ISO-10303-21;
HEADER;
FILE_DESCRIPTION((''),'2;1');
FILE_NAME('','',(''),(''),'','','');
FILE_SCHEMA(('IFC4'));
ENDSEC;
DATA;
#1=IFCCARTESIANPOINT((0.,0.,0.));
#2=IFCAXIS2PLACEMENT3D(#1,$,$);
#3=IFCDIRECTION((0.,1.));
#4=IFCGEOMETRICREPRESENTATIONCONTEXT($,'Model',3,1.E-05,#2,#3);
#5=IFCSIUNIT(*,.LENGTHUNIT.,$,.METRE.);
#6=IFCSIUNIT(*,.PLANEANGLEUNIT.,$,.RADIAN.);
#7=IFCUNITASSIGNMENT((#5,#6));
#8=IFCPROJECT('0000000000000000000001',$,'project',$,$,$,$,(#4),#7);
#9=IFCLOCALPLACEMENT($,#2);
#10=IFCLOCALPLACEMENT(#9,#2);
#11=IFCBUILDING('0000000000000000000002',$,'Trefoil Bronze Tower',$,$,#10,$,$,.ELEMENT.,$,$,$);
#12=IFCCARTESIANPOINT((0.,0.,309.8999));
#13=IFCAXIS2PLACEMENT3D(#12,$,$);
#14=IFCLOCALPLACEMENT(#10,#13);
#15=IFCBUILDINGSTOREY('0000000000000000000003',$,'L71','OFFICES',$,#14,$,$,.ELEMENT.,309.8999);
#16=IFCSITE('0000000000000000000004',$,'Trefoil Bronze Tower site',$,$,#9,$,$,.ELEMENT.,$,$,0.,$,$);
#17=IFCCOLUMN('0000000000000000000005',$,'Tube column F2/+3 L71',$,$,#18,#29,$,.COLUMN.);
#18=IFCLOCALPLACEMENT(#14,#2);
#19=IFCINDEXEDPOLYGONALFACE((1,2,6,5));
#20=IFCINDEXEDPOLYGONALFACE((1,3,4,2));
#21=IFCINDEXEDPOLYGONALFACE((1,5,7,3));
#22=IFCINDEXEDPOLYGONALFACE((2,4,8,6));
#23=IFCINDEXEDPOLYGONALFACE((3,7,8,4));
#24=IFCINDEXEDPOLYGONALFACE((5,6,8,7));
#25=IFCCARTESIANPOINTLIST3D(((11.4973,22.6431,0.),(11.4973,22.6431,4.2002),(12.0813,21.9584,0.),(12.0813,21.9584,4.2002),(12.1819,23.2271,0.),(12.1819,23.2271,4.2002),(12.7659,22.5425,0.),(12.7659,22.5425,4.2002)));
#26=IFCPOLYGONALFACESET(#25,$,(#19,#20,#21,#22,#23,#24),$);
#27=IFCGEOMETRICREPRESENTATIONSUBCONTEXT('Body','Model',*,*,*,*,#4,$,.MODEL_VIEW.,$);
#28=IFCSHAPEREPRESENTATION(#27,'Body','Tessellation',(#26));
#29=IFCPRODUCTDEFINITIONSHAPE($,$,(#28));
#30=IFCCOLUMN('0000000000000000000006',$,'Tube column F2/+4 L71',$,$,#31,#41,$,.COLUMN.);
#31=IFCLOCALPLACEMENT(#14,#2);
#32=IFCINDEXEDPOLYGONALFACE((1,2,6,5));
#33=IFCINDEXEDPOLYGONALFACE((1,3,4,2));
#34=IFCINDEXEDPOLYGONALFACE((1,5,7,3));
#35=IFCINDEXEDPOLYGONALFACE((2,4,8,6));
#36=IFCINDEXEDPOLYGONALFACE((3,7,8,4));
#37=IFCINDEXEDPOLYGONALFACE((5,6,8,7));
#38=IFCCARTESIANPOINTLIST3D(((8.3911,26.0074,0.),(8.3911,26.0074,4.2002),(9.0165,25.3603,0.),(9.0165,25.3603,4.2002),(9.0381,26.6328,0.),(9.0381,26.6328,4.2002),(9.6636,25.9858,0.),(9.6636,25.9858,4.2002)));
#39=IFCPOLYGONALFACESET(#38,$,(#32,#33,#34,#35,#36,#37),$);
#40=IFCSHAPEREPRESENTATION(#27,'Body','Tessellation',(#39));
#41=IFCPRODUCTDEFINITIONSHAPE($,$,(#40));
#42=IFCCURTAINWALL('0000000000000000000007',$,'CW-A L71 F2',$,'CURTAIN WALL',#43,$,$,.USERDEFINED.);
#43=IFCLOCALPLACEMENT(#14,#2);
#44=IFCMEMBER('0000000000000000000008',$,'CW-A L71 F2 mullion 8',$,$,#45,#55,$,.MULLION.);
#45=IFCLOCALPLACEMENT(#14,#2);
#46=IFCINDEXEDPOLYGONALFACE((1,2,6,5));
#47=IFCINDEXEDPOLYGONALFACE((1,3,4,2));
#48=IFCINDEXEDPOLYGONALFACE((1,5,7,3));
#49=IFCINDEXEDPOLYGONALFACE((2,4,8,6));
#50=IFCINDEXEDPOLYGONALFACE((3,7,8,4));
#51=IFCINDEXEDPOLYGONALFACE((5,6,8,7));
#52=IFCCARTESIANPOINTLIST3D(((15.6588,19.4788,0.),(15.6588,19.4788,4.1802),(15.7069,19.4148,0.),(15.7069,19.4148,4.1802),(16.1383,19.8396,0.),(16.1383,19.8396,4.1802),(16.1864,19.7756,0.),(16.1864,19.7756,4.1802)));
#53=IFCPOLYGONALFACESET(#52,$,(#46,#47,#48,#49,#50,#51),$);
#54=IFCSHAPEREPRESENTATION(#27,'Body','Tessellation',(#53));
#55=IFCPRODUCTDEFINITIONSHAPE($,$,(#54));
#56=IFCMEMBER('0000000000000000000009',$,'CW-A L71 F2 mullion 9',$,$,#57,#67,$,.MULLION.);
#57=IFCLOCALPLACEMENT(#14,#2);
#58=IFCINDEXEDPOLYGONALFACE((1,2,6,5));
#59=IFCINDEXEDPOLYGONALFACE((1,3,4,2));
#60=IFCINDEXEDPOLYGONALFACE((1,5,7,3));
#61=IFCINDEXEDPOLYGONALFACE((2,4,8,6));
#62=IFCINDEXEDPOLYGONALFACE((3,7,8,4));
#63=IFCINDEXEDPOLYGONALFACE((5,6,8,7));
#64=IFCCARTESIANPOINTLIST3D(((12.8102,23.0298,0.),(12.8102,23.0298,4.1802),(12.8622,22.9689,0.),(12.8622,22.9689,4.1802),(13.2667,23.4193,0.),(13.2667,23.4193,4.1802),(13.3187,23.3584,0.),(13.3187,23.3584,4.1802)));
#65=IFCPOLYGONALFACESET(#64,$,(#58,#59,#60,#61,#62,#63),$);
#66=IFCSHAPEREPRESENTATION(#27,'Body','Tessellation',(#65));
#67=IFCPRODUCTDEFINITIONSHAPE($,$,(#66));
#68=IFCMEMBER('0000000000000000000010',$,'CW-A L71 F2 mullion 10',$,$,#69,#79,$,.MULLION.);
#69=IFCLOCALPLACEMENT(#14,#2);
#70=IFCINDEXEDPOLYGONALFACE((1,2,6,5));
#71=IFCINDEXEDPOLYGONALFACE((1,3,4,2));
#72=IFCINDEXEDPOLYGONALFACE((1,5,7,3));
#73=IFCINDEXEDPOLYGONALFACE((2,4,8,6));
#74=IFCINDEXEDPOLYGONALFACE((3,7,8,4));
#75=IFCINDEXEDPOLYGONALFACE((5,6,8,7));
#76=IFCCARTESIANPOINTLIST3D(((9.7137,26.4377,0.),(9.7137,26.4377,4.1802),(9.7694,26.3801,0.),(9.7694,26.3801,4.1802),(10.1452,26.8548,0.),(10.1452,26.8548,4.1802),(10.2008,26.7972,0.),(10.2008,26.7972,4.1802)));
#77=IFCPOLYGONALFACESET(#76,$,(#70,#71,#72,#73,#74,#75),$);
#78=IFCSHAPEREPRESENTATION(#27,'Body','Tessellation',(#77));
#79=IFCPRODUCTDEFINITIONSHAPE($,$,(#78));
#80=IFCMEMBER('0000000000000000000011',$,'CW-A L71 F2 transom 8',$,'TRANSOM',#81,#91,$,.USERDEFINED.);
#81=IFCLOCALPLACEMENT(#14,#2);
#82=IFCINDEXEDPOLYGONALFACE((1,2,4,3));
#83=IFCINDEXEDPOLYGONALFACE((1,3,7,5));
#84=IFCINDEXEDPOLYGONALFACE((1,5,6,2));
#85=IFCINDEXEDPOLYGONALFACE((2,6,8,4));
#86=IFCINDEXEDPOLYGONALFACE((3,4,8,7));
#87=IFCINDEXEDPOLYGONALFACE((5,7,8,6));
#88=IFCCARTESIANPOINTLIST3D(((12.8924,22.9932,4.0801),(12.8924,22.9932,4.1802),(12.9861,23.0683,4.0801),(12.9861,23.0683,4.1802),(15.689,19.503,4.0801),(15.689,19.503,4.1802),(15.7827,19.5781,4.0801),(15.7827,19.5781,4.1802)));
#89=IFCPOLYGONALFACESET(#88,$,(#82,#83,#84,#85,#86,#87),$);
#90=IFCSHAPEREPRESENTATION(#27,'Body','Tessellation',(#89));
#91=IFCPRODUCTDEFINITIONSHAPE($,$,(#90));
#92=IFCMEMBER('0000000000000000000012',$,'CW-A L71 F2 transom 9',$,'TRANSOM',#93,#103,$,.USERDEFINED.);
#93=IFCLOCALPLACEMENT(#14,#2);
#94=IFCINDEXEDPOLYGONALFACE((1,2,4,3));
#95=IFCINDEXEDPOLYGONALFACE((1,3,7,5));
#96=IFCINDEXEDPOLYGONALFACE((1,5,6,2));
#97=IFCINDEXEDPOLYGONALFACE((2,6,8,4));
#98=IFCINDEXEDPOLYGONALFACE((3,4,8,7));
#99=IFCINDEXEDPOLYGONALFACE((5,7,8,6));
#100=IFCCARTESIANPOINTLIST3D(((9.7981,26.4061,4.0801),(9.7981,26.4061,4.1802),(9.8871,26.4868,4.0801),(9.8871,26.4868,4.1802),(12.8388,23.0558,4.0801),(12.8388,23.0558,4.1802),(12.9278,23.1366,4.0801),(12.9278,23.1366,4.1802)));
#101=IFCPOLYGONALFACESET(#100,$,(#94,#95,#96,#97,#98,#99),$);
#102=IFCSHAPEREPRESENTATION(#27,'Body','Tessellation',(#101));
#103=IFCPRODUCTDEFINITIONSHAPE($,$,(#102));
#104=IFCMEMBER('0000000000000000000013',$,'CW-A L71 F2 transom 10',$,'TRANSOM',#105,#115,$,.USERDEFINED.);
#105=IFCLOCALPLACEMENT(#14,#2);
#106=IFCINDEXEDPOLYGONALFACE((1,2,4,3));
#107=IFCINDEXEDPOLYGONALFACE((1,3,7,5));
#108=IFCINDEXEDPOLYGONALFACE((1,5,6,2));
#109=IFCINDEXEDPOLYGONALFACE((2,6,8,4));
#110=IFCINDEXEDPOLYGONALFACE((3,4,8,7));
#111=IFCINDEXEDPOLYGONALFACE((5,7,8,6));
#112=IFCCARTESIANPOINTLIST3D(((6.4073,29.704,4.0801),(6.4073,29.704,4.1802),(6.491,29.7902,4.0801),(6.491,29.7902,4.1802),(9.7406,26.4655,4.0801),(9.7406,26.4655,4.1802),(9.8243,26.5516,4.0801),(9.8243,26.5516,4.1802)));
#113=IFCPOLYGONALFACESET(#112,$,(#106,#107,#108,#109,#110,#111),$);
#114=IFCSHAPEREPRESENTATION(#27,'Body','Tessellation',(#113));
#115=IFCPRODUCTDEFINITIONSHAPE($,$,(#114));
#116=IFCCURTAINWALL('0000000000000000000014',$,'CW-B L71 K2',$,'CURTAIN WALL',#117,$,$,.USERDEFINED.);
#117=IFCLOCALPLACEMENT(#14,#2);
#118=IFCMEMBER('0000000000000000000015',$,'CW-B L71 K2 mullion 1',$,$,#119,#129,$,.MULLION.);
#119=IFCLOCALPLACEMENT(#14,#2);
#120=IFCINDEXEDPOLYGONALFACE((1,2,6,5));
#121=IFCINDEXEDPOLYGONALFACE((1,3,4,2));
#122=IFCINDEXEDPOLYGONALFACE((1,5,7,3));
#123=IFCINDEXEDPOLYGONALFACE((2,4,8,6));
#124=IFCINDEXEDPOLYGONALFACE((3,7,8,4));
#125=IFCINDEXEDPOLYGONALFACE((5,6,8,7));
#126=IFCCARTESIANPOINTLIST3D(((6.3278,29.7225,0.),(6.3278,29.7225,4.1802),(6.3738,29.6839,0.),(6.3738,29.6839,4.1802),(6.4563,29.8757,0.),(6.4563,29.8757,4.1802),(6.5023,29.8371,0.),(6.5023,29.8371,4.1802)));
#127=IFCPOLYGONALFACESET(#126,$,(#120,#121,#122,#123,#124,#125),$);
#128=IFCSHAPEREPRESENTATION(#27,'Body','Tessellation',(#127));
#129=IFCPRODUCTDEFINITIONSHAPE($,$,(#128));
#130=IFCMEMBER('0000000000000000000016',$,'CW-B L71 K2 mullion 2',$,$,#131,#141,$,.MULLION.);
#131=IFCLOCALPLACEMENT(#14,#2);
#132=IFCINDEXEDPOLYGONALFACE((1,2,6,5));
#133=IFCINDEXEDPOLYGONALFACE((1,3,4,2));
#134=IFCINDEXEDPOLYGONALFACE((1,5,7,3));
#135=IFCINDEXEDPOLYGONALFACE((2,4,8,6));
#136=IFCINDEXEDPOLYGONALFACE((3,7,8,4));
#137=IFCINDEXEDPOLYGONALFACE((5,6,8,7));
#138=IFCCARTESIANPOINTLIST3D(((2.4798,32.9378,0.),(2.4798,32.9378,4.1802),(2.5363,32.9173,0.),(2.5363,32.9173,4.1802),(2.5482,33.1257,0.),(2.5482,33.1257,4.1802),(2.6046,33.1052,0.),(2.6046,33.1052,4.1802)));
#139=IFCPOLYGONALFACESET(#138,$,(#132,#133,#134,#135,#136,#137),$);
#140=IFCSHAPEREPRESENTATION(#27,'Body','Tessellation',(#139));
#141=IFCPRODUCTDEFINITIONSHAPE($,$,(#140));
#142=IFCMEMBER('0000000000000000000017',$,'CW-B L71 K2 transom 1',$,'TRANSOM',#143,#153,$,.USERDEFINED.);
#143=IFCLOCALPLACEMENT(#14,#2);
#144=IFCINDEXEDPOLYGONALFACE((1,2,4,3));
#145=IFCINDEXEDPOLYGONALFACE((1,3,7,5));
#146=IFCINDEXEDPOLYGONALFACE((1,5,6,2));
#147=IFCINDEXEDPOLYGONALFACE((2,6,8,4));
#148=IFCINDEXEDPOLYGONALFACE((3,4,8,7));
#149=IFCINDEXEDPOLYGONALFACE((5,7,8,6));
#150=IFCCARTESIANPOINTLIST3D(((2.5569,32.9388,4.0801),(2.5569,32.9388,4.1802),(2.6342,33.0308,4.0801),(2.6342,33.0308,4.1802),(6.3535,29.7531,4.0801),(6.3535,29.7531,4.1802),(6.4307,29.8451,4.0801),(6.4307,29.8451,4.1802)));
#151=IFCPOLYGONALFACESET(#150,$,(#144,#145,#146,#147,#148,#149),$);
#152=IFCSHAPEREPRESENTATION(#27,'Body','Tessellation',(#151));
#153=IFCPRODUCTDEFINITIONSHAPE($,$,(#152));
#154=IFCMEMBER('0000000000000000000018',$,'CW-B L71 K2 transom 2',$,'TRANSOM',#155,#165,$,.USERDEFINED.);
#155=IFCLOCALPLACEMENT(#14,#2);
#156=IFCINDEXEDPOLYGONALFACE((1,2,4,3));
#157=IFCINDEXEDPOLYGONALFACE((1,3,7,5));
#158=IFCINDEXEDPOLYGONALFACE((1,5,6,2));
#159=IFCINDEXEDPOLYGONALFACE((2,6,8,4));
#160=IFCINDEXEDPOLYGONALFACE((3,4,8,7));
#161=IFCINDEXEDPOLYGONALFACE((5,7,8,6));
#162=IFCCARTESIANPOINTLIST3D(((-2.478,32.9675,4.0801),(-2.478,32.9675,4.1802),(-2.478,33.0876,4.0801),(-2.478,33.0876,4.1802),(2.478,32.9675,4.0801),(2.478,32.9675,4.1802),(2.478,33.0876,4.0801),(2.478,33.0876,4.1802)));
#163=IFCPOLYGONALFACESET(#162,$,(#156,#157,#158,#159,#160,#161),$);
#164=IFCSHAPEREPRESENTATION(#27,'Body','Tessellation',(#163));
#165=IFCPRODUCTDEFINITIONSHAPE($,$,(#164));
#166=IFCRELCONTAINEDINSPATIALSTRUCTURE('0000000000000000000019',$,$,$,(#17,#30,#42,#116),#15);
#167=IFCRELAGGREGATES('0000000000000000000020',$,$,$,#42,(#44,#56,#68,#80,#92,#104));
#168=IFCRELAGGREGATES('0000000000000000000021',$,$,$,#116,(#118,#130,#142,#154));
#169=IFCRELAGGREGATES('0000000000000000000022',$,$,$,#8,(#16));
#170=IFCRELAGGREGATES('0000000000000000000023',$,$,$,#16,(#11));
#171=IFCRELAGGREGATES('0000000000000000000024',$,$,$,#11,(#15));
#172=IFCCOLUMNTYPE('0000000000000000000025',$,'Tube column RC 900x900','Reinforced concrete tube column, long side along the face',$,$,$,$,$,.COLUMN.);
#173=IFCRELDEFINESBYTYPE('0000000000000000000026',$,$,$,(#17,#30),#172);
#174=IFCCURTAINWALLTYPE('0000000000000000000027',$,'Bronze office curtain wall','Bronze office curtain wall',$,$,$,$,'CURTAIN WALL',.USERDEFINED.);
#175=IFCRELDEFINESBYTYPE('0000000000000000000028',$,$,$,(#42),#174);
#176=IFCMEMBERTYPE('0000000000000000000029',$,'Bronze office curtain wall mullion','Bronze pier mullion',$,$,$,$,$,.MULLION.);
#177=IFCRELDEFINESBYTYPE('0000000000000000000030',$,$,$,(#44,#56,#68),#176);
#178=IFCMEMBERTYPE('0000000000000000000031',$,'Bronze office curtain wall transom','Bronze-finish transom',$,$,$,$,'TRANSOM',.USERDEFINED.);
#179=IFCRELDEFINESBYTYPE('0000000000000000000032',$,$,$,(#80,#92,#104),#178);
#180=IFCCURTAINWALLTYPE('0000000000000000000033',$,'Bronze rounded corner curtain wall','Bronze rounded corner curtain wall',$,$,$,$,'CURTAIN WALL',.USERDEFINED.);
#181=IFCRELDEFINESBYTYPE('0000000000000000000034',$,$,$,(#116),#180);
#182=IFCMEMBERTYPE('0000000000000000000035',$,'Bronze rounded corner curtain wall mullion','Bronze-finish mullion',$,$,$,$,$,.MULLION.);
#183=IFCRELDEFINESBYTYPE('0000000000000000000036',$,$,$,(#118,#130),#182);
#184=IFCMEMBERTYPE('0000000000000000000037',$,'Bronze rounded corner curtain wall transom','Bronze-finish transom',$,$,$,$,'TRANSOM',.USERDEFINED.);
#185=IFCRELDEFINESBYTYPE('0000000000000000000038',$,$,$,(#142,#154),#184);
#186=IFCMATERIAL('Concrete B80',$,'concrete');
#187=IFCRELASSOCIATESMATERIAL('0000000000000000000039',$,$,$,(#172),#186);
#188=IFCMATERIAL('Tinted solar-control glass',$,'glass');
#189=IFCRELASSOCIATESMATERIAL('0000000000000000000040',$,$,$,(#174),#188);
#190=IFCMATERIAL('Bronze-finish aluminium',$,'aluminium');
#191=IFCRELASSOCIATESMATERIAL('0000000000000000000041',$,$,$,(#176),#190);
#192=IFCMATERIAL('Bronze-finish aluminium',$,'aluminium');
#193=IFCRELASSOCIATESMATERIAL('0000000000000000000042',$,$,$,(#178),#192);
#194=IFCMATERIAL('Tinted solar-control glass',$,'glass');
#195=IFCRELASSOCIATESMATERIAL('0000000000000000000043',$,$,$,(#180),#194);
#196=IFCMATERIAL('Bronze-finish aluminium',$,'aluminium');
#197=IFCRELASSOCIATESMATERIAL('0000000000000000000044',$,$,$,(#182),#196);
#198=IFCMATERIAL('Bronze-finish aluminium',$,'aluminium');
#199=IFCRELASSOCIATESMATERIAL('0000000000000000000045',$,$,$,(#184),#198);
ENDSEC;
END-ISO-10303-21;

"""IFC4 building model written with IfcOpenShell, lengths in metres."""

from ifc_helpers import new_model, si_unit, direction, frame, origin, origin_2d, place, context, subcontext, project, spatial, rectangle, extrude, material, material_profile, profile_set, type_object, element, aggregate, save


model = new_model("IFC4")

# Units and contexts
model_context = context("Model", 3, precision=1e-05, world=origin(), true_north=direction((0.0, 1.0)))
body_context = subcontext(model_context, "Body", "Model", "MODEL_VIEW")
ifc_project = project(units=[si_unit("LENGTHUNIT", "METRE"), si_unit("PLANEANGLEUNIT", "RADIAN")], contexts=[model_context])

# Site, building, storey
site_placement = place(None, origin())
site = spatial("IfcSite", under=ifc_project, at=site_placement, Name="Trefoil Bronze Tower site", CompositionType="ELEMENT", RefElevation=0.0)
building_placement = place(site_placement, origin())
building = spatial("IfcBuilding", under=site, at=building_placement, Name="Trefoil Bronze Tower", CompositionType="ELEMENT")
storey_placement = place(building_placement, frame((0.0, 0.0, 309.8999)))
storey = spatial("IfcBuildingStorey", under=building, at=storey_placement, Name="L71", Description="OFFICES", CompositionType="ELEMENT", Elevation=309.8999)

# Columns
ifc_material_1 = material(Name="Concrete B80", Category="concrete")
ifc_material_profile_1 = material_profile(ifc_material_1, rectangle(XDim=0.8999, YDim=0.8999, at=origin_2d()), Name="RC 900x900")
ifc_profile_set_1 = profile_set([ifc_material_profile_1], Name="Concrete B80")
column_type = type_object("IfcColumnType", Name="Tube column RC 900x900", Description="Reinforced concrete tube column, long side along the face", PredefinedType="COLUMN", material=ifc_profile_set_1)
for number, where, z_axis, x_axis, name in (
    (1, (12.1316, 22.5928, 0.0), (0.0, 0.0, 1.0), (-0.649008, 0.760781, 0.0), "Tube column F2/+3 L71"),
    (2, (9.0273, 25.9966, 0.0), (0.0, 0.0, 1.0), (-0.695009, 0.719001, 0.0), "Tube column F2/+4 L71"),
):
    element("IfcColumn", number, at=place(storey_placement, frame(where, z_axis=z_axis, x_axis=x_axis)), inside=storey, type_object=column_type, Name=name, PredefinedType="COLUMN", context=body_context, shape_type="SweptSolid", body=[
        extrude(rectangle(XDim=0.8999, YDim=0.8999, at=origin_2d()), origin(), (0.0, 0.0, 1.0), 4.2002),
    ])

# Curtain walls, members
ifc_material_2 = material(Name="Tinted solar-control glass", Category="glass")
curtain_wall_type_1 = type_object("IfcCurtainWallType", Name="Bronze office curtain wall", Description="Bronze office curtain wall", ElementType="CURTAIN WALL", PredefinedType="USERDEFINED", material=ifc_material_2)
curtain_wall_1_placement = place(storey_placement, origin())
curtain_wall_1 = element("IfcCurtainWall", 3, at=curtain_wall_1_placement, inside=storey, type_object=curtain_wall_type_1, Name="CW-A L71 F2", ObjectType="CURTAIN WALL", PredefinedType="USERDEFINED")
ifc_material_3 = material(Name="Bronze-finish aluminium", Category="aluminium")
ifc_material_profile_2 = material_profile(ifc_material_3, rectangle(XDim=0.6001, YDim=0.0801, at=origin_2d()), Name="CW-A mullion")
ifc_profile_set_2 = profile_set([ifc_material_profile_2], Name="Bronze-finish aluminium")
member_type_1 = type_object("IfcMemberType", Name="Bronze office curtain wall mullion", Description="Bronze pier mullion", PredefinedType="MULLION", material=ifc_profile_set_2)
member_1_placement = place(storey_placement, frame((15.9226, 19.6272, 0.0), z_axis=(0.0, 0.0, 1.0), x_axis=(-0.799096, -0.601203, 0.0)))
member_1 = element("IfcMember", 4, at=member_1_placement, type_object=member_type_1, Name="CW-A L71 F2 mullion 8", PredefinedType="MULLION", context=body_context, shape_type="SweptSolid", body=[
    extrude(rectangle(XDim=0.6001, YDim=0.0801, at=origin_2d()), origin(), (0.0, 0.0, 1.0), 4.1802),
])
member_2_placement = place(storey_placement, frame((13.0645, 23.1941, 0.0), z_axis=(0.0, 0.0, 1.0), x_axis=(-0.760781, -0.649008, 0.0)))
member_2 = element("IfcMember", 5, at=member_2_placement, type_object=member_type_1, Name="CW-A L71 F2 mullion 9", PredefinedType="MULLION", context=body_context, shape_type="SweptSolid", body=[
    extrude(rectangle(XDim=0.6001, YDim=0.0801, at=origin_2d()), origin(), (0.0, 0.0, 1.0), 4.1802),
])
member_3_placement = place(storey_placement, frame((9.9573, 26.6174, 0.0), z_axis=(0.0, 0.0, 1.0), x_axis=(-0.719001, -0.695009, 0.0)))
member_3 = element("IfcMember", 6, at=member_3_placement, type_object=member_type_1, Name="CW-A L71 F2 mullion 10", PredefinedType="MULLION", context=body_context, shape_type="SweptSolid", body=[
    extrude(rectangle(XDim=0.6001, YDim=0.0801, at=origin_2d()), origin(), (0.0, 0.0, 1.0), 4.1802),
])
ifc_material_4 = material(Name="Bronze-finish aluminium", Category="aluminium")
ifc_material_profile_3 = material_profile(ifc_material_4, rectangle(XDim=0.1201, YDim=0.1001, at=origin_2d()), Name="CW-A transom")
ifc_profile_set_3 = profile_set([ifc_material_profile_3], Name="Bronze-finish aluminium")
member_type_2 = type_object("IfcMemberType", Name="Bronze office curtain wall transom", Description="Bronze-finish transom", ElementType="TRANSOM", PredefinedType="USERDEFINED", material=ifc_profile_set_3)
member_4_placement = place(storey_placement, frame((15.7358, 19.5405, 4.1301), z_axis=(-0.625301, 0.780384, 0.0), x_axis=(-0.780384, -0.625301, 0.0)))
member_4 = element("IfcMember", 7, at=member_4_placement, type_object=member_type_2, Name="CW-A L71 F2 transom 8", ObjectType="TRANSOM", PredefinedType="USERDEFINED", context=body_context, shape_type="SweptSolid", body=[
    extrude(rectangle(XDim=0.1201, YDim=0.1001, at=origin_2d()), origin(), (0.0, 0.0, 1.0), 4.4724),
])
member_5_placement = place(storey_placement, frame((12.8833, 23.0962, 4.1301), z_axis=(-0.672068, 0.740489, 0.0), x_axis=(-0.740489, -0.672068, 0.0)))
member_5 = element("IfcMember", 8, at=member_5_placement, type_object=member_type_2, Name="CW-A L71 F2 transom 9", ObjectType="TRANSOM", PredefinedType="USERDEFINED", context=body_context, shape_type="SweptSolid", body=[
    extrude(rectangle(XDim=0.1201, YDim=0.1001, at=origin_2d()), origin(), (0.0, 0.0, 1.0), 4.5244),
])
member_6_placement = place(storey_placement, frame((9.7825, 26.5085, 4.1301), z_axis=(-0.717225, 0.696842, 0.0), x_axis=(-0.696842, -0.717225, 0.0)))
member_6 = element("IfcMember", 9, at=member_6_placement, type_object=member_type_2, Name="CW-A L71 F2 transom 10", ObjectType="TRANSOM", PredefinedType="USERDEFINED", context=body_context, shape_type="SweptSolid", body=[
    extrude(rectangle(XDim=0.1201, YDim=0.1001, at=origin_2d()), origin(), (0.0, 0.0, 1.0), 4.6475),
])
ifc_material_5 = material(Name="Tinted solar-control glass", Category="glass")
curtain_wall_type_2 = type_object("IfcCurtainWallType", Name="Bronze rounded corner curtain wall", Description="Bronze rounded corner curtain wall", ElementType="CURTAIN WALL", PredefinedType="USERDEFINED", material=ifc_material_5)
curtain_wall_2_placement = place(storey_placement, origin())
curtain_wall_2 = element("IfcCurtainWall", 10, at=curtain_wall_2_placement, inside=storey, type_object=curtain_wall_type_2, Name="CW-B L71 K2", ObjectType="CURTAIN WALL", PredefinedType="USERDEFINED")
ifc_material_6 = material(Name="Bronze-finish aluminium", Category="aluminium")
ifc_material_profile_4 = material_profile(ifc_material_6, rectangle(XDim=0.2, YDim=0.0601, at=origin_2d()), Name="CW-B mullion")
ifc_profile_set_4 = profile_set([ifc_material_profile_4], Name="Bronze-finish aluminium")
member_type_3 = type_object("IfcMemberType", Name="Bronze rounded corner curtain wall mullion", Description="Bronze-finish mullion", PredefinedType="MULLION", material=ifc_profile_set_4)
member_7_placement = place(storey_placement, frame((6.415, 29.7798, 0.0), z_axis=(0.0, 0.0, 1.0), x_axis=(-0.642788, -0.766044, 0.0)))
member_7 = element("IfcMember", 11, at=member_7_placement, type_object=member_type_3, Name="CW-B L71 K2 mullion 1", PredefinedType="MULLION", context=body_context, shape_type="SweptSolid", body=[
    extrude(rectangle(XDim=0.2, YDim=0.0601, at=origin_2d()), origin(), (0.0, 0.0, 1.0), 4.1802),
])
member_8_placement = place(storey_placement, frame((2.5422, 33.0215, 0.0), z_axis=(0.0, 0.0, 1.0), x_axis=(-0.34202, -0.939693, 0.0)))
member_8 = element("IfcMember", 12, at=member_8_placement, type_object=member_type_3, Name="CW-B L71 K2 mullion 2", PredefinedType="MULLION", context=body_context, shape_type="SweptSolid", body=[
    extrude(rectangle(XDim=0.2, YDim=0.0601, at=origin_2d()), origin(), (0.0, 0.0, 1.0), 4.1802),
])
ifc_material_7 = material(Name="Bronze-finish aluminium", Category="aluminium")
ifc_material_profile_5 = material_profile(ifc_material_7, rectangle(XDim=0.1201, YDim=0.1001, at=origin_2d()), Name="CW-B transom")
ifc_profile_set_5 = profile_set([ifc_material_profile_5], Name="Bronze-finish aluminium")
member_type_4 = type_object("IfcMemberType", Name="Bronze rounded corner curtain wall transom", Description="Bronze-finish transom", ElementType="TRANSOM", PredefinedType="USERDEFINED", material=ifc_profile_set_5)
member_9_placement = place(storey_placement, frame((6.3921, 29.7991, 4.1301), z_axis=(-0.766041, 0.642792, 0.0), x_axis=(-0.642792, -0.766041, 0.0)))
member_9 = element("IfcMember", 13, at=member_9_placement, type_object=member_type_4, Name="CW-B L71 K2 transom 1", ObjectType="TRANSOM", PredefinedType="USERDEFINED", context=body_context, shape_type="SweptSolid", body=[
    extrude(rectangle(XDim=0.1201, YDim=0.1001, at=origin_2d()), origin(), (0.0, 0.0, 1.0), 4.9561),
])
member_10_placement = place(storey_placement, frame((2.478, 33.0276, 4.1301), z_axis=(-1.0, 0.0, 0.0), x_axis=(0.0, -1.0, 0.0)))
member_10 = element("IfcMember", 14, at=member_10_placement, type_object=member_type_4, Name="CW-B L71 K2 transom 2", ObjectType="TRANSOM", PredefinedType="USERDEFINED", context=body_context, shape_type="SweptSolid", body=[
    extrude(rectangle(XDim=0.1201, YDim=0.1001, at=origin_2d()), origin(), (0.0, 0.0, 1.0), 4.9561),
])

aggregate(curtain_wall_1, [member_1, member_2, member_3, member_4, member_5, member_6])
aggregate(curtain_wall_2, [member_7, member_8, member_9, member_10])

save(model, "model.ifc")
